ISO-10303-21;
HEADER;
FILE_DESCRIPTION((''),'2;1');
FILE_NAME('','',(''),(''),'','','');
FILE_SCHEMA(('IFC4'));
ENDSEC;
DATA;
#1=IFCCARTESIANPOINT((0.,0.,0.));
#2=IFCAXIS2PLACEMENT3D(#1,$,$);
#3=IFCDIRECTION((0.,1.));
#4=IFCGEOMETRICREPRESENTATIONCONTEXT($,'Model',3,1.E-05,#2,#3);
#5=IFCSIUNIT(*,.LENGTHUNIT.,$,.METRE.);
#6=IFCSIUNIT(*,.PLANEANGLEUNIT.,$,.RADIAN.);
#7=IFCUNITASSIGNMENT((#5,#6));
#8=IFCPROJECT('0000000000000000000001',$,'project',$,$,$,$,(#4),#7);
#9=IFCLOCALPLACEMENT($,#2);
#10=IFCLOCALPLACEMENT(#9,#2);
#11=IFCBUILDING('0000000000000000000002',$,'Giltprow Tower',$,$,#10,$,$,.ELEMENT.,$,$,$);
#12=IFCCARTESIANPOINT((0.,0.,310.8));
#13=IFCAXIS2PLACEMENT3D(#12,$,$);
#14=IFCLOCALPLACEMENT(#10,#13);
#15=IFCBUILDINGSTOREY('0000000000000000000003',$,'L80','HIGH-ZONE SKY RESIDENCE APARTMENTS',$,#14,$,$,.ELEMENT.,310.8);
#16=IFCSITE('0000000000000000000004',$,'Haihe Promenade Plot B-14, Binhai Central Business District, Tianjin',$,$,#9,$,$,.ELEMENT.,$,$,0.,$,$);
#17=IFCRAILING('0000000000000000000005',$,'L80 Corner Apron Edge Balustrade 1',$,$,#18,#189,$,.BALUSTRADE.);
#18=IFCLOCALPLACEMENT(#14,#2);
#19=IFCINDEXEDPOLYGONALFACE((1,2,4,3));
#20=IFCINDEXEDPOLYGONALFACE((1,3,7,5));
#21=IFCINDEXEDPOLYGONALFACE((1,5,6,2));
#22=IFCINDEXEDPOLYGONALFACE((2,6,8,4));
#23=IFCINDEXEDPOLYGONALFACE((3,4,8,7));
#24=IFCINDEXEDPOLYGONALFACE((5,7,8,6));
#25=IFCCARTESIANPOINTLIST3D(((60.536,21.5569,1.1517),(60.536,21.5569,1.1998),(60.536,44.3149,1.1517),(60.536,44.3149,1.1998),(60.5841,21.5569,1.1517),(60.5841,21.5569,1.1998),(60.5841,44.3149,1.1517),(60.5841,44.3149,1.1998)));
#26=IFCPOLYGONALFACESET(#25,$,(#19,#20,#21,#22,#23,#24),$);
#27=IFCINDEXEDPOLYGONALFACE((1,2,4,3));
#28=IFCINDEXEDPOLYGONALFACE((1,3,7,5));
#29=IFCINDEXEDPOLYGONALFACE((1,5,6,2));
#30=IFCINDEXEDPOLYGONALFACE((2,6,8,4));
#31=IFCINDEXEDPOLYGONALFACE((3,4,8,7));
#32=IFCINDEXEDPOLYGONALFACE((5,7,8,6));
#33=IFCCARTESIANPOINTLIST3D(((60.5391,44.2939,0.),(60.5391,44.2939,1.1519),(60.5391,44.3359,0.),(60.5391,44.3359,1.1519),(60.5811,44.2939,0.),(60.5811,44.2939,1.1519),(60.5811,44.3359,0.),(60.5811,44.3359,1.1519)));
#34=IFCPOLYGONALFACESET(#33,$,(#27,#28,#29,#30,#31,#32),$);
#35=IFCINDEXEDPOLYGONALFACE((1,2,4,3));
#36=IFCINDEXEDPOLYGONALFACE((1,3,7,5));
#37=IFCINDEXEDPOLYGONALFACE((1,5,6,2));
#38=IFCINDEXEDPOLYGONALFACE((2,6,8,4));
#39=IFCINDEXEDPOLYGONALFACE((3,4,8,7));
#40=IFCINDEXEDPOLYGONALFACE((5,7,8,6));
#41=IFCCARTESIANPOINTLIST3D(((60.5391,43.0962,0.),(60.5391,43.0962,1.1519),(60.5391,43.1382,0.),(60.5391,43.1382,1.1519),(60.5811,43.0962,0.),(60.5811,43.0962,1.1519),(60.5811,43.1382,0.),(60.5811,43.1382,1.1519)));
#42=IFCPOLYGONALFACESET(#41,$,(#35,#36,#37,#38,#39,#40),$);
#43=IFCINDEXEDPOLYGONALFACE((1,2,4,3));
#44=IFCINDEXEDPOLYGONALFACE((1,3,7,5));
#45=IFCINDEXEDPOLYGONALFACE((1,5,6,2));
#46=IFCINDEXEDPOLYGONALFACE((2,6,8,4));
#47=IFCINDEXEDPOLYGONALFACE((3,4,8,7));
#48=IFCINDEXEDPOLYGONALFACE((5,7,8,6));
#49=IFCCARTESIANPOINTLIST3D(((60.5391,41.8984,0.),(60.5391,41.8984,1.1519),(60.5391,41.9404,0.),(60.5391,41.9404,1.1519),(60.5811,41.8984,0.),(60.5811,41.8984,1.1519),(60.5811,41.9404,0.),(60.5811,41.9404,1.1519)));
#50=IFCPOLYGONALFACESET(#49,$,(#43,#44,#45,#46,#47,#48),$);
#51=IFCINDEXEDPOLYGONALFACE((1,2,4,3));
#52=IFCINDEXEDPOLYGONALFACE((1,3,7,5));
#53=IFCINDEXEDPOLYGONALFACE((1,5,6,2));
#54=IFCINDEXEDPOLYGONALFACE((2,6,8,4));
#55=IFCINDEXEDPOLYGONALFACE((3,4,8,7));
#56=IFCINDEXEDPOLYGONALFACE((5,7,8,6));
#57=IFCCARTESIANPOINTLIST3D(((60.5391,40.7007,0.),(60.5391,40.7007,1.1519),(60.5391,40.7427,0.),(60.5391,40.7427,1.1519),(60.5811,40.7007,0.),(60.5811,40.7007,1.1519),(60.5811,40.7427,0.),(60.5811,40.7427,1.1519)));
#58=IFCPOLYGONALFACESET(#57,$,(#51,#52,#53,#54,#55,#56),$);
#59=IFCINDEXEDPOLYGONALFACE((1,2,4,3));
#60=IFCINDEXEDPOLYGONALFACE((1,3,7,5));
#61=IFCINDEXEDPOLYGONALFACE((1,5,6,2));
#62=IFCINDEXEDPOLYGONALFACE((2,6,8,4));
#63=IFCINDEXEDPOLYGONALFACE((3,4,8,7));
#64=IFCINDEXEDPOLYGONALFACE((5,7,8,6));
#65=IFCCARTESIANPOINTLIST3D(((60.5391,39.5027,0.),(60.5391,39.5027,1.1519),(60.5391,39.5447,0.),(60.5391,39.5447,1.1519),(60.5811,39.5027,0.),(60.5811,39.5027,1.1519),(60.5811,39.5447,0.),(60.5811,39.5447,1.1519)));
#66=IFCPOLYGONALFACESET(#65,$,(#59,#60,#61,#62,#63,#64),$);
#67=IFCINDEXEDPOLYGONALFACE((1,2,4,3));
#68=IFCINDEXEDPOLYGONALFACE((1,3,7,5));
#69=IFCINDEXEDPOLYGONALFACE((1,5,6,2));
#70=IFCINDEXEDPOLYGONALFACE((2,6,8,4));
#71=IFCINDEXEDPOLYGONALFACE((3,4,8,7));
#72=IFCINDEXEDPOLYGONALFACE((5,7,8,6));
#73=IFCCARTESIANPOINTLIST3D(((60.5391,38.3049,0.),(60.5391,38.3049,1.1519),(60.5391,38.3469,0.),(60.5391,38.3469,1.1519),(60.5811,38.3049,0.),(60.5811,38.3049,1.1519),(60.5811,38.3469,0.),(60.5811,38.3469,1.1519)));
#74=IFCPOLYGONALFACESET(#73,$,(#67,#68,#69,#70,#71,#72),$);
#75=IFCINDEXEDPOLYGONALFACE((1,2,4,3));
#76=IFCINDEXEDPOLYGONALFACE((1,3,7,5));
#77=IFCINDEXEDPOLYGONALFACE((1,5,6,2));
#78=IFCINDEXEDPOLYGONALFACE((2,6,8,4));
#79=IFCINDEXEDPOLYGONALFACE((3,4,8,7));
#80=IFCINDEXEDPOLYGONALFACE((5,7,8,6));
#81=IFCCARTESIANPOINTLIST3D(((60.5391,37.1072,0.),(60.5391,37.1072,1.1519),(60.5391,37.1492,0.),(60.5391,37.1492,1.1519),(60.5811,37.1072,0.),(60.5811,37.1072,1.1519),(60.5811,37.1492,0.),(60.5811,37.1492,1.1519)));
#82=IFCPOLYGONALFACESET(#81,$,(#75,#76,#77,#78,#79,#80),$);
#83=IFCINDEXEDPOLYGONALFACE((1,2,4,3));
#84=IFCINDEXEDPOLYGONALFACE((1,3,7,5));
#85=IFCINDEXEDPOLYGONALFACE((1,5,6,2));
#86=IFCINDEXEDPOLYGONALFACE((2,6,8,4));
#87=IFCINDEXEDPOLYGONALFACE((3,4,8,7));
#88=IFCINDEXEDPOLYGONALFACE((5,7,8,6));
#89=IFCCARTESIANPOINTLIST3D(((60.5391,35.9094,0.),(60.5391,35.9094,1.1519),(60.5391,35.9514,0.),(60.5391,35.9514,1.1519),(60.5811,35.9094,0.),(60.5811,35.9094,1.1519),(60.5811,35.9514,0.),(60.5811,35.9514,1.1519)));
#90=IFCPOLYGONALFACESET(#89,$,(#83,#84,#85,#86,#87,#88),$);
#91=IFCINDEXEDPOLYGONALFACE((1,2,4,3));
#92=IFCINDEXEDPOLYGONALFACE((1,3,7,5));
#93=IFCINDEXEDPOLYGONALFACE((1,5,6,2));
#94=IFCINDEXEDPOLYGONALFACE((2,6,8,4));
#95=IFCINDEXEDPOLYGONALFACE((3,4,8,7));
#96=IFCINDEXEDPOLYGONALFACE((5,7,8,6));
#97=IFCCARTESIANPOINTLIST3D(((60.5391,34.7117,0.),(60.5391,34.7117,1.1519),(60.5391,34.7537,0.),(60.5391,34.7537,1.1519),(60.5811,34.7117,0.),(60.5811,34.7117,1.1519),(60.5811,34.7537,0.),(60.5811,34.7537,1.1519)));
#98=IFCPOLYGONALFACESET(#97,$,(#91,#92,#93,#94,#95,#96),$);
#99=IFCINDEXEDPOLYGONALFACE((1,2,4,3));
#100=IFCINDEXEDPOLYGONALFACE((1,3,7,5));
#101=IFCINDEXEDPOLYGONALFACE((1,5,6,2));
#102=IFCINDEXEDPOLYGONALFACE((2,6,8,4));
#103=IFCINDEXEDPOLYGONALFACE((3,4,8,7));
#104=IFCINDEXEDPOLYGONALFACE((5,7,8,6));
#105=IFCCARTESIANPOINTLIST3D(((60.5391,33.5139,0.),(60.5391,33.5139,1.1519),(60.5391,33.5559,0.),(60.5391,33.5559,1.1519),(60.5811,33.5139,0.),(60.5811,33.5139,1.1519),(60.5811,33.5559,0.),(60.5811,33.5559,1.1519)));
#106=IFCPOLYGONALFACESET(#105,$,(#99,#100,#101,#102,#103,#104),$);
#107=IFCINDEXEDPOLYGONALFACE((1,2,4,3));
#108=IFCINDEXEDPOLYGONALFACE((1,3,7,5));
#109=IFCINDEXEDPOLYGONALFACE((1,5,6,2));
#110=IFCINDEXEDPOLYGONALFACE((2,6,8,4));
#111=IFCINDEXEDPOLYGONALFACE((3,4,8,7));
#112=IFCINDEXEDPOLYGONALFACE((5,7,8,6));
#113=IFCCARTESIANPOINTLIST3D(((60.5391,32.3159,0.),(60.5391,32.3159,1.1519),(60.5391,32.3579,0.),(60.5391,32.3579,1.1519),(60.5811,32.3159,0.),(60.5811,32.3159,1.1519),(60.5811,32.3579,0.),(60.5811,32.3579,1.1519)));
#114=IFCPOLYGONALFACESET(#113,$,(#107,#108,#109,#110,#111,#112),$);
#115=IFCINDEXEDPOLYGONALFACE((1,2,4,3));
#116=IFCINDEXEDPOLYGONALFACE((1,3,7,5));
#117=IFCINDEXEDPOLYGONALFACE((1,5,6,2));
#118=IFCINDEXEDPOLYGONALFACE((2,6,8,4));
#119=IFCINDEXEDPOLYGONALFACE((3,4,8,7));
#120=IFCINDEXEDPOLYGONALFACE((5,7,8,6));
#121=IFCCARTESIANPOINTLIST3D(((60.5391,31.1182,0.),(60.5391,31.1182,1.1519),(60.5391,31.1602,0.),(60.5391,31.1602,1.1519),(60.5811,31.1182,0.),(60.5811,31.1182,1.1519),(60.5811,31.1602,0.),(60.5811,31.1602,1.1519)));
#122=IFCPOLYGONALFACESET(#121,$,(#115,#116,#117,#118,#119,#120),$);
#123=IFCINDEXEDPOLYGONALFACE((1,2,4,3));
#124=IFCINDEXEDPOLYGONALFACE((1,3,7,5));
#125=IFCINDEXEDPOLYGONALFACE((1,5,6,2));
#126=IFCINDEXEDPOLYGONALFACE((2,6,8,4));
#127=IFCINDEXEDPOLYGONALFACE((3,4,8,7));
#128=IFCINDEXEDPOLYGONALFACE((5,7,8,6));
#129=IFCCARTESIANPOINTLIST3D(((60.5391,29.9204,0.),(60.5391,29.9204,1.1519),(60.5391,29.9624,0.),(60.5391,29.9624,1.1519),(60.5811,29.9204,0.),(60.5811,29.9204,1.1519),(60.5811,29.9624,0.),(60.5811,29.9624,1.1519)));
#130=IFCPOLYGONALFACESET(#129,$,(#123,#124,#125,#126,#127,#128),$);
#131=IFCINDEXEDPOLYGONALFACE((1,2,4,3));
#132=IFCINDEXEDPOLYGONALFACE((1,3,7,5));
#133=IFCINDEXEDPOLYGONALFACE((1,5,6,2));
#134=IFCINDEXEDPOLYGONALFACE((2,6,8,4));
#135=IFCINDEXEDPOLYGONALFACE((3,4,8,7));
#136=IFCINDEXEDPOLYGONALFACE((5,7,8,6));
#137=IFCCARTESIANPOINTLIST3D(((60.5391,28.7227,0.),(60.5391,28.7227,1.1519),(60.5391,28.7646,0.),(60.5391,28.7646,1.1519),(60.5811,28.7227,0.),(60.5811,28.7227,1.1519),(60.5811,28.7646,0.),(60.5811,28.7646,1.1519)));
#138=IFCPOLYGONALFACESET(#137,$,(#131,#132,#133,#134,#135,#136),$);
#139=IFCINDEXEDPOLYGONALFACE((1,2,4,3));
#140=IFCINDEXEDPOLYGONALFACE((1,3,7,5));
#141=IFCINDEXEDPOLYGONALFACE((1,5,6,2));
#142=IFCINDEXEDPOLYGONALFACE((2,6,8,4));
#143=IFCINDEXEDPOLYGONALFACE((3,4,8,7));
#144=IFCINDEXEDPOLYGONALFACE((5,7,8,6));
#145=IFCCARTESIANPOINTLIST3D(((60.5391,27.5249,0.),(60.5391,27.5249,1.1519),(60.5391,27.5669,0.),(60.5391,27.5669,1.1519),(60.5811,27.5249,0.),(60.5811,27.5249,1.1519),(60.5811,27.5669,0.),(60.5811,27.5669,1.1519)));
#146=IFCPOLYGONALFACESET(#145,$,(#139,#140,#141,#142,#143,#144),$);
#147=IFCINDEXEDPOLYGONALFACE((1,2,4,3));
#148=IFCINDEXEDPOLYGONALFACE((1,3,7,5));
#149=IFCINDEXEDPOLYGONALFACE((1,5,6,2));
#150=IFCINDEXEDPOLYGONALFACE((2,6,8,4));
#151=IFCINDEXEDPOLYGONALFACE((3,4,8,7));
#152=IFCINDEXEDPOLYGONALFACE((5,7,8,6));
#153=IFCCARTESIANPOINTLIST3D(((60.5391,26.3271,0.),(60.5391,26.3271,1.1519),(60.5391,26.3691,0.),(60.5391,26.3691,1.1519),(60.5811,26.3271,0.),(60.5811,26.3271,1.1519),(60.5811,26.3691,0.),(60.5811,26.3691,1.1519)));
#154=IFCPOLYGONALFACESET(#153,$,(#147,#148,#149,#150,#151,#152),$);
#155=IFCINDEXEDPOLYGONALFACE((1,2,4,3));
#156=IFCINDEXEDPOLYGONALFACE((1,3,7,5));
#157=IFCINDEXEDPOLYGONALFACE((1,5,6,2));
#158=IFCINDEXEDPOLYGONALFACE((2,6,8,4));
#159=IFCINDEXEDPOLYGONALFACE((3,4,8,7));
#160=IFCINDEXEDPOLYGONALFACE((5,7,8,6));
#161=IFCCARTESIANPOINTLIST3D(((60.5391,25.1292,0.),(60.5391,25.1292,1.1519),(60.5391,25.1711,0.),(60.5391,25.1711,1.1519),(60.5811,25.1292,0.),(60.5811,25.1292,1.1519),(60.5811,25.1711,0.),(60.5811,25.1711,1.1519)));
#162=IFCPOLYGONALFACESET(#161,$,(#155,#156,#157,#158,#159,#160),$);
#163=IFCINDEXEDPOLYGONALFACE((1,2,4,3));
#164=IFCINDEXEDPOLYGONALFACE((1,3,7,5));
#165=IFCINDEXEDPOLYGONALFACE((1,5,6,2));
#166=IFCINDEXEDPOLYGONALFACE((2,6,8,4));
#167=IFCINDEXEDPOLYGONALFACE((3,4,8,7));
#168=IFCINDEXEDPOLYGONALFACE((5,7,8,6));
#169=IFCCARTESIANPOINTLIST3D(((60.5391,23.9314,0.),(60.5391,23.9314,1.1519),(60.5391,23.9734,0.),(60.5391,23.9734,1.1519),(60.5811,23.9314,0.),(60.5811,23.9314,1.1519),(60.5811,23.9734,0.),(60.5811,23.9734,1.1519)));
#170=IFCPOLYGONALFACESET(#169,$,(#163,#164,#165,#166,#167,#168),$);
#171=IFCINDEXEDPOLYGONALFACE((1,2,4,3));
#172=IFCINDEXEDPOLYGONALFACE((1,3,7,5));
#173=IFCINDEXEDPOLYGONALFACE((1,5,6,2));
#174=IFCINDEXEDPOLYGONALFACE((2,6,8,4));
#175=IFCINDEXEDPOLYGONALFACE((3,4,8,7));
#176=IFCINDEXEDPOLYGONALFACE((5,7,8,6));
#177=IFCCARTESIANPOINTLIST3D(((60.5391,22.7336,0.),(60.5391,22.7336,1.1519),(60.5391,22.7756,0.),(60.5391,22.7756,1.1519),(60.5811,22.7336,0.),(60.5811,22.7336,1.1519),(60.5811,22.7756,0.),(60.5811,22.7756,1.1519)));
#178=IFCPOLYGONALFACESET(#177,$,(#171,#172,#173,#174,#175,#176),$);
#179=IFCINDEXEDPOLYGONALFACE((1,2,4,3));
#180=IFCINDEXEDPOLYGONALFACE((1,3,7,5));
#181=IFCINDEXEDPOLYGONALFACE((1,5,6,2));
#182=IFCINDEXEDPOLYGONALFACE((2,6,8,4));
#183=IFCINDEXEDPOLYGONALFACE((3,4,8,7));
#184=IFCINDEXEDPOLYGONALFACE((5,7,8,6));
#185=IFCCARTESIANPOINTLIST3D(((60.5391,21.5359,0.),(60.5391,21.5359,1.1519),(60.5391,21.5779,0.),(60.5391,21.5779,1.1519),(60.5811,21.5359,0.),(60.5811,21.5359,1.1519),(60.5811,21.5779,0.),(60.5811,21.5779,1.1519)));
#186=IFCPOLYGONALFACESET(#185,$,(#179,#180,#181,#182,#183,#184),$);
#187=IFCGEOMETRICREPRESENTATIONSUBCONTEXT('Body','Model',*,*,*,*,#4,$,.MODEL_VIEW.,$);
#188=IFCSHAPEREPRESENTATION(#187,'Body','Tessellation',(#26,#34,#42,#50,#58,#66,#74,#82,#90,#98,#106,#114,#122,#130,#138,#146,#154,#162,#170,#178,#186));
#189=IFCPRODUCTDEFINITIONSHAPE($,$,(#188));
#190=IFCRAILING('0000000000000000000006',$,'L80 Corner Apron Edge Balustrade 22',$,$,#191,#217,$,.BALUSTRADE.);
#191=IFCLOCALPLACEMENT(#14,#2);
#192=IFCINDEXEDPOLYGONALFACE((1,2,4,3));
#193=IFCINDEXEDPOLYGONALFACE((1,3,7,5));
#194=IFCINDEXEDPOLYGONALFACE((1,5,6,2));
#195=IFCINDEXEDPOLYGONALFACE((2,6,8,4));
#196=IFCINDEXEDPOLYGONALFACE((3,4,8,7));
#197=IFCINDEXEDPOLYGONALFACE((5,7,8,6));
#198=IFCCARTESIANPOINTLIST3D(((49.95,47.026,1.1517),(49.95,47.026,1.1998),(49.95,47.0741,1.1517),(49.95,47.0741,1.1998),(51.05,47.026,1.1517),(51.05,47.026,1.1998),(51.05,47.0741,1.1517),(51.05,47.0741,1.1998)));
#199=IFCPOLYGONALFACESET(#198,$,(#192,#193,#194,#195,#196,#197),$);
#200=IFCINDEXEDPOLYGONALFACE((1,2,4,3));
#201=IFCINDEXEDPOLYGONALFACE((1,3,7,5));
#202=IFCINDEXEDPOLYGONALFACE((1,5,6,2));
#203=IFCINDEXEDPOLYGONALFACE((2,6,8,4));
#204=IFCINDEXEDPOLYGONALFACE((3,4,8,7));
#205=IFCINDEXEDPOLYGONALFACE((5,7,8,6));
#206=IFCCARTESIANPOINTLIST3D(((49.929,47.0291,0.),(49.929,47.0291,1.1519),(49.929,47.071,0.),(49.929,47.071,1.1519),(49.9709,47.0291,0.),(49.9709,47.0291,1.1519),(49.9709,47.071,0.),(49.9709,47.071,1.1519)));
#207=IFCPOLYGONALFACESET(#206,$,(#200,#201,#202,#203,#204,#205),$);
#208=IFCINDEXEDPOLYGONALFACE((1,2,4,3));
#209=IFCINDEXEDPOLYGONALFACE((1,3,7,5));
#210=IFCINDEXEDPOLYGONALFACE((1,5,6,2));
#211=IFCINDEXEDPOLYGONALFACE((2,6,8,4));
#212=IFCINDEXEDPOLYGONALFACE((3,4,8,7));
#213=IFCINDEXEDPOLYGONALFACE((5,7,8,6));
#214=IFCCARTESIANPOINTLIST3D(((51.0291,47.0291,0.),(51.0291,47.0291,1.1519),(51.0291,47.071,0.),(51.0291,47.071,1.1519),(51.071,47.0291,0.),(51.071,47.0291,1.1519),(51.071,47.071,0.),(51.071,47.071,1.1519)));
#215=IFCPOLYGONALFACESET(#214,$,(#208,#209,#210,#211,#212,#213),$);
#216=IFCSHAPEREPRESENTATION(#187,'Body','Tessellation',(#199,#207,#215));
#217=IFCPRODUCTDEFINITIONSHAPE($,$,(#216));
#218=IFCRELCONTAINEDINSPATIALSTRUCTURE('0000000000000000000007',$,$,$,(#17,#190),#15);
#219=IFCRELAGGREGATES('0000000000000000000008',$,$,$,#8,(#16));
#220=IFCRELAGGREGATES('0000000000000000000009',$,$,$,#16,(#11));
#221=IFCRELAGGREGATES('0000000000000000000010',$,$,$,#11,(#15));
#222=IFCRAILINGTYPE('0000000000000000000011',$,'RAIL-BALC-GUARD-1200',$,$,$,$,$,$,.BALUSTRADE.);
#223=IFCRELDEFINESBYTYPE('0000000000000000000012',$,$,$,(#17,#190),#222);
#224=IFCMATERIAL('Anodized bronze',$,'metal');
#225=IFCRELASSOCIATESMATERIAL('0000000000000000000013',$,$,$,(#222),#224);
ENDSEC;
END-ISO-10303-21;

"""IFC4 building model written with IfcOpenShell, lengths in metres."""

from ifc_helpers import new_model, si_unit, direction, frame, origin, origin_2d, place, context, subcontext, project, spatial, rectangle, extrude, material, type_object, element, save


model = new_model("IFC4")

# Units and contexts
model_context = context("Model", 3, precision=1e-05, world=origin(), true_north=direction((0.0, 1.0)))
body_context = subcontext(model_context, "Body", "Model", "MODEL_VIEW")
ifc_project = project(units=[si_unit("LENGTHUNIT", "METRE"), si_unit("PLANEANGLEUNIT", "RADIAN")], contexts=[model_context])

# Site, building, storey
site_placement = place(None, origin())
site = spatial("IfcSite", under=ifc_project, at=site_placement, Name="Haihe Promenade Plot B-14, Binhai Central Business District, Tianjin", CompositionType="ELEMENT", RefElevation=0.0)
building_placement = place(site_placement, origin())
building = spatial("IfcBuilding", under=site, at=building_placement, Name="Giltprow Tower", CompositionType="ELEMENT")
storey_placement = place(building_placement, frame((0.0, 0.0, 310.8)))
storey = spatial("IfcBuildingStorey", under=building, at=storey_placement, Name="L80", Description="HIGH-ZONE SKY RESIDENCE APARTMENTS", CompositionType="ELEMENT", Elevation=310.8)

# Railings
ifc_material_1 = material(Name="Anodized bronze", Category="metal")
railing_type = type_object("IfcRailingType", Name="RAIL-BALC-GUARD-1200", PredefinedType="BALUSTRADE", material=ifc_material_1)
railing_1_placement = place(storey_placement, frame((60.5601, 44.3149, 0.0)))
element("IfcRailing", 1, at=railing_1_placement, inside=storey, type_object=railing_type, Name="L80 Corner Apron Edge Balustrade 1", PredefinedType="BALUSTRADE", context=body_context, shape_type="SweptSolid", body=[
    extrude(rectangle(XDim=0.0481, YDim=0.0481, at=origin_2d()), frame((0.0, 0.0, 1.1758), z_axis=(0.0, -1.0, 0.0), x_axis=(1.0, 0.0, 0.0)), (0.0, 0.0, 1.0), 22.7581),
    extrude(rectangle(XDim=0.042, YDim=0.042, at=origin_2d()), origin(), (0.0, 0.0, 1.0), 1.1519),
    extrude(rectangle(XDim=0.042, YDim=0.042, at=origin_2d()), frame((0.0, -1.1978, 0.0)), (0.0, 0.0, 1.0), 1.1519),
    extrude(rectangle(XDim=0.042, YDim=0.042, at=origin_2d()), frame((0.0, -2.3955, 0.0)), (0.0, 0.0, 1.0), 1.1519),
    extrude(rectangle(XDim=0.042, YDim=0.042, at=origin_2d()), frame((0.0, -3.5933, 0.0)), (0.0, 0.0, 1.0), 1.1519),
    extrude(rectangle(XDim=0.042, YDim=0.042, at=origin_2d()), frame((0.0, -4.7913, 0.0)), (0.0, 0.0, 1.0), 1.1519),
    extrude(rectangle(XDim=0.042, YDim=0.042, at=origin_2d()), frame((0.0, -5.989, 0.0)), (0.0, 0.0, 1.0), 1.1519),
    extrude(rectangle(XDim=0.042, YDim=0.042, at=origin_2d()), frame((0.0, -7.1868, 0.0)), (0.0, 0.0, 1.0), 1.1519),
    extrude(rectangle(XDim=0.042, YDim=0.042, at=origin_2d()), frame((0.0, -8.3845, 0.0)), (0.0, 0.0, 1.0), 1.1519),
    extrude(rectangle(XDim=0.042, YDim=0.042, at=origin_2d()), frame((0.0, -9.5823, 0.0)), (0.0, 0.0, 1.0), 1.1519),
    extrude(rectangle(XDim=0.042, YDim=0.042, at=origin_2d()), frame((0.0, -10.78, 0.0)), (0.0, 0.0, 1.0), 1.1519),
    extrude(rectangle(XDim=0.042, YDim=0.042, at=origin_2d()), frame((0.0, -11.978, 0.0)), (0.0, 0.0, 1.0), 1.1519),
    extrude(rectangle(XDim=0.042, YDim=0.042, at=origin_2d()), frame((0.0, -13.1758, 0.0)), (0.0, 0.0, 1.0), 1.1519),
    extrude(rectangle(XDim=0.042, YDim=0.042, at=origin_2d()), frame((0.0, -14.3735, 0.0)), (0.0, 0.0, 1.0), 1.1519),
    extrude(rectangle(XDim=0.042, YDim=0.042, at=origin_2d()), frame((0.0, -15.5713, 0.0)), (0.0, 0.0, 1.0), 1.1519),
    extrude(rectangle(XDim=0.042, YDim=0.042, at=origin_2d()), frame((0.0, -16.769, 0.0)), (0.0, 0.0, 1.0), 1.1519),
    extrude(rectangle(XDim=0.042, YDim=0.042, at=origin_2d()), frame((0.0, -17.9668, 0.0)), (0.0, 0.0, 1.0), 1.1519),
    extrude(rectangle(XDim=0.042, YDim=0.042, at=origin_2d()), frame((0.0, -19.1648, 0.0)), (0.0, 0.0, 1.0), 1.1519),
    extrude(rectangle(XDim=0.042, YDim=0.042, at=origin_2d()), frame((0.0, -20.3625, 0.0)), (0.0, 0.0, 1.0), 1.1519),
    extrude(rectangle(XDim=0.042, YDim=0.042, at=origin_2d()), frame((0.0, -21.5603, 0.0)), (0.0, 0.0, 1.0), 1.1519),
    extrude(rectangle(XDim=0.042, YDim=0.042, at=origin_2d()), frame((0.0, -22.7581, 0.0)), (0.0, 0.0, 1.0), 1.1519),
])
railing_2_placement = place(storey_placement, frame((49.95, 47.05, 0.0)))
element("IfcRailing", 2, at=railing_2_placement, inside=storey, type_object=railing_type, Name="L80 Corner Apron Edge Balustrade 22", PredefinedType="BALUSTRADE", context=body_context, shape_type="SweptSolid", body=[
    extrude(rectangle(XDim=0.0481, YDim=0.0481, at=origin_2d()), frame((0.0, 0.0, 1.1758), z_axis=(1.0, 0.0, 0.0), x_axis=(0.0, 1.0, 0.0)), (0.0, 0.0, 1.0), 1.1001),
    extrude(rectangle(XDim=0.042, YDim=0.042, at=origin_2d()), origin(), (0.0, 0.0, 1.0), 1.1519),
    extrude(rectangle(XDim=0.042, YDim=0.042, at=origin_2d()), frame((1.1001, 0.0, 0.0)), (0.0, 0.0, 1.0), 1.1519),
])

save(model, "model.ifc")
